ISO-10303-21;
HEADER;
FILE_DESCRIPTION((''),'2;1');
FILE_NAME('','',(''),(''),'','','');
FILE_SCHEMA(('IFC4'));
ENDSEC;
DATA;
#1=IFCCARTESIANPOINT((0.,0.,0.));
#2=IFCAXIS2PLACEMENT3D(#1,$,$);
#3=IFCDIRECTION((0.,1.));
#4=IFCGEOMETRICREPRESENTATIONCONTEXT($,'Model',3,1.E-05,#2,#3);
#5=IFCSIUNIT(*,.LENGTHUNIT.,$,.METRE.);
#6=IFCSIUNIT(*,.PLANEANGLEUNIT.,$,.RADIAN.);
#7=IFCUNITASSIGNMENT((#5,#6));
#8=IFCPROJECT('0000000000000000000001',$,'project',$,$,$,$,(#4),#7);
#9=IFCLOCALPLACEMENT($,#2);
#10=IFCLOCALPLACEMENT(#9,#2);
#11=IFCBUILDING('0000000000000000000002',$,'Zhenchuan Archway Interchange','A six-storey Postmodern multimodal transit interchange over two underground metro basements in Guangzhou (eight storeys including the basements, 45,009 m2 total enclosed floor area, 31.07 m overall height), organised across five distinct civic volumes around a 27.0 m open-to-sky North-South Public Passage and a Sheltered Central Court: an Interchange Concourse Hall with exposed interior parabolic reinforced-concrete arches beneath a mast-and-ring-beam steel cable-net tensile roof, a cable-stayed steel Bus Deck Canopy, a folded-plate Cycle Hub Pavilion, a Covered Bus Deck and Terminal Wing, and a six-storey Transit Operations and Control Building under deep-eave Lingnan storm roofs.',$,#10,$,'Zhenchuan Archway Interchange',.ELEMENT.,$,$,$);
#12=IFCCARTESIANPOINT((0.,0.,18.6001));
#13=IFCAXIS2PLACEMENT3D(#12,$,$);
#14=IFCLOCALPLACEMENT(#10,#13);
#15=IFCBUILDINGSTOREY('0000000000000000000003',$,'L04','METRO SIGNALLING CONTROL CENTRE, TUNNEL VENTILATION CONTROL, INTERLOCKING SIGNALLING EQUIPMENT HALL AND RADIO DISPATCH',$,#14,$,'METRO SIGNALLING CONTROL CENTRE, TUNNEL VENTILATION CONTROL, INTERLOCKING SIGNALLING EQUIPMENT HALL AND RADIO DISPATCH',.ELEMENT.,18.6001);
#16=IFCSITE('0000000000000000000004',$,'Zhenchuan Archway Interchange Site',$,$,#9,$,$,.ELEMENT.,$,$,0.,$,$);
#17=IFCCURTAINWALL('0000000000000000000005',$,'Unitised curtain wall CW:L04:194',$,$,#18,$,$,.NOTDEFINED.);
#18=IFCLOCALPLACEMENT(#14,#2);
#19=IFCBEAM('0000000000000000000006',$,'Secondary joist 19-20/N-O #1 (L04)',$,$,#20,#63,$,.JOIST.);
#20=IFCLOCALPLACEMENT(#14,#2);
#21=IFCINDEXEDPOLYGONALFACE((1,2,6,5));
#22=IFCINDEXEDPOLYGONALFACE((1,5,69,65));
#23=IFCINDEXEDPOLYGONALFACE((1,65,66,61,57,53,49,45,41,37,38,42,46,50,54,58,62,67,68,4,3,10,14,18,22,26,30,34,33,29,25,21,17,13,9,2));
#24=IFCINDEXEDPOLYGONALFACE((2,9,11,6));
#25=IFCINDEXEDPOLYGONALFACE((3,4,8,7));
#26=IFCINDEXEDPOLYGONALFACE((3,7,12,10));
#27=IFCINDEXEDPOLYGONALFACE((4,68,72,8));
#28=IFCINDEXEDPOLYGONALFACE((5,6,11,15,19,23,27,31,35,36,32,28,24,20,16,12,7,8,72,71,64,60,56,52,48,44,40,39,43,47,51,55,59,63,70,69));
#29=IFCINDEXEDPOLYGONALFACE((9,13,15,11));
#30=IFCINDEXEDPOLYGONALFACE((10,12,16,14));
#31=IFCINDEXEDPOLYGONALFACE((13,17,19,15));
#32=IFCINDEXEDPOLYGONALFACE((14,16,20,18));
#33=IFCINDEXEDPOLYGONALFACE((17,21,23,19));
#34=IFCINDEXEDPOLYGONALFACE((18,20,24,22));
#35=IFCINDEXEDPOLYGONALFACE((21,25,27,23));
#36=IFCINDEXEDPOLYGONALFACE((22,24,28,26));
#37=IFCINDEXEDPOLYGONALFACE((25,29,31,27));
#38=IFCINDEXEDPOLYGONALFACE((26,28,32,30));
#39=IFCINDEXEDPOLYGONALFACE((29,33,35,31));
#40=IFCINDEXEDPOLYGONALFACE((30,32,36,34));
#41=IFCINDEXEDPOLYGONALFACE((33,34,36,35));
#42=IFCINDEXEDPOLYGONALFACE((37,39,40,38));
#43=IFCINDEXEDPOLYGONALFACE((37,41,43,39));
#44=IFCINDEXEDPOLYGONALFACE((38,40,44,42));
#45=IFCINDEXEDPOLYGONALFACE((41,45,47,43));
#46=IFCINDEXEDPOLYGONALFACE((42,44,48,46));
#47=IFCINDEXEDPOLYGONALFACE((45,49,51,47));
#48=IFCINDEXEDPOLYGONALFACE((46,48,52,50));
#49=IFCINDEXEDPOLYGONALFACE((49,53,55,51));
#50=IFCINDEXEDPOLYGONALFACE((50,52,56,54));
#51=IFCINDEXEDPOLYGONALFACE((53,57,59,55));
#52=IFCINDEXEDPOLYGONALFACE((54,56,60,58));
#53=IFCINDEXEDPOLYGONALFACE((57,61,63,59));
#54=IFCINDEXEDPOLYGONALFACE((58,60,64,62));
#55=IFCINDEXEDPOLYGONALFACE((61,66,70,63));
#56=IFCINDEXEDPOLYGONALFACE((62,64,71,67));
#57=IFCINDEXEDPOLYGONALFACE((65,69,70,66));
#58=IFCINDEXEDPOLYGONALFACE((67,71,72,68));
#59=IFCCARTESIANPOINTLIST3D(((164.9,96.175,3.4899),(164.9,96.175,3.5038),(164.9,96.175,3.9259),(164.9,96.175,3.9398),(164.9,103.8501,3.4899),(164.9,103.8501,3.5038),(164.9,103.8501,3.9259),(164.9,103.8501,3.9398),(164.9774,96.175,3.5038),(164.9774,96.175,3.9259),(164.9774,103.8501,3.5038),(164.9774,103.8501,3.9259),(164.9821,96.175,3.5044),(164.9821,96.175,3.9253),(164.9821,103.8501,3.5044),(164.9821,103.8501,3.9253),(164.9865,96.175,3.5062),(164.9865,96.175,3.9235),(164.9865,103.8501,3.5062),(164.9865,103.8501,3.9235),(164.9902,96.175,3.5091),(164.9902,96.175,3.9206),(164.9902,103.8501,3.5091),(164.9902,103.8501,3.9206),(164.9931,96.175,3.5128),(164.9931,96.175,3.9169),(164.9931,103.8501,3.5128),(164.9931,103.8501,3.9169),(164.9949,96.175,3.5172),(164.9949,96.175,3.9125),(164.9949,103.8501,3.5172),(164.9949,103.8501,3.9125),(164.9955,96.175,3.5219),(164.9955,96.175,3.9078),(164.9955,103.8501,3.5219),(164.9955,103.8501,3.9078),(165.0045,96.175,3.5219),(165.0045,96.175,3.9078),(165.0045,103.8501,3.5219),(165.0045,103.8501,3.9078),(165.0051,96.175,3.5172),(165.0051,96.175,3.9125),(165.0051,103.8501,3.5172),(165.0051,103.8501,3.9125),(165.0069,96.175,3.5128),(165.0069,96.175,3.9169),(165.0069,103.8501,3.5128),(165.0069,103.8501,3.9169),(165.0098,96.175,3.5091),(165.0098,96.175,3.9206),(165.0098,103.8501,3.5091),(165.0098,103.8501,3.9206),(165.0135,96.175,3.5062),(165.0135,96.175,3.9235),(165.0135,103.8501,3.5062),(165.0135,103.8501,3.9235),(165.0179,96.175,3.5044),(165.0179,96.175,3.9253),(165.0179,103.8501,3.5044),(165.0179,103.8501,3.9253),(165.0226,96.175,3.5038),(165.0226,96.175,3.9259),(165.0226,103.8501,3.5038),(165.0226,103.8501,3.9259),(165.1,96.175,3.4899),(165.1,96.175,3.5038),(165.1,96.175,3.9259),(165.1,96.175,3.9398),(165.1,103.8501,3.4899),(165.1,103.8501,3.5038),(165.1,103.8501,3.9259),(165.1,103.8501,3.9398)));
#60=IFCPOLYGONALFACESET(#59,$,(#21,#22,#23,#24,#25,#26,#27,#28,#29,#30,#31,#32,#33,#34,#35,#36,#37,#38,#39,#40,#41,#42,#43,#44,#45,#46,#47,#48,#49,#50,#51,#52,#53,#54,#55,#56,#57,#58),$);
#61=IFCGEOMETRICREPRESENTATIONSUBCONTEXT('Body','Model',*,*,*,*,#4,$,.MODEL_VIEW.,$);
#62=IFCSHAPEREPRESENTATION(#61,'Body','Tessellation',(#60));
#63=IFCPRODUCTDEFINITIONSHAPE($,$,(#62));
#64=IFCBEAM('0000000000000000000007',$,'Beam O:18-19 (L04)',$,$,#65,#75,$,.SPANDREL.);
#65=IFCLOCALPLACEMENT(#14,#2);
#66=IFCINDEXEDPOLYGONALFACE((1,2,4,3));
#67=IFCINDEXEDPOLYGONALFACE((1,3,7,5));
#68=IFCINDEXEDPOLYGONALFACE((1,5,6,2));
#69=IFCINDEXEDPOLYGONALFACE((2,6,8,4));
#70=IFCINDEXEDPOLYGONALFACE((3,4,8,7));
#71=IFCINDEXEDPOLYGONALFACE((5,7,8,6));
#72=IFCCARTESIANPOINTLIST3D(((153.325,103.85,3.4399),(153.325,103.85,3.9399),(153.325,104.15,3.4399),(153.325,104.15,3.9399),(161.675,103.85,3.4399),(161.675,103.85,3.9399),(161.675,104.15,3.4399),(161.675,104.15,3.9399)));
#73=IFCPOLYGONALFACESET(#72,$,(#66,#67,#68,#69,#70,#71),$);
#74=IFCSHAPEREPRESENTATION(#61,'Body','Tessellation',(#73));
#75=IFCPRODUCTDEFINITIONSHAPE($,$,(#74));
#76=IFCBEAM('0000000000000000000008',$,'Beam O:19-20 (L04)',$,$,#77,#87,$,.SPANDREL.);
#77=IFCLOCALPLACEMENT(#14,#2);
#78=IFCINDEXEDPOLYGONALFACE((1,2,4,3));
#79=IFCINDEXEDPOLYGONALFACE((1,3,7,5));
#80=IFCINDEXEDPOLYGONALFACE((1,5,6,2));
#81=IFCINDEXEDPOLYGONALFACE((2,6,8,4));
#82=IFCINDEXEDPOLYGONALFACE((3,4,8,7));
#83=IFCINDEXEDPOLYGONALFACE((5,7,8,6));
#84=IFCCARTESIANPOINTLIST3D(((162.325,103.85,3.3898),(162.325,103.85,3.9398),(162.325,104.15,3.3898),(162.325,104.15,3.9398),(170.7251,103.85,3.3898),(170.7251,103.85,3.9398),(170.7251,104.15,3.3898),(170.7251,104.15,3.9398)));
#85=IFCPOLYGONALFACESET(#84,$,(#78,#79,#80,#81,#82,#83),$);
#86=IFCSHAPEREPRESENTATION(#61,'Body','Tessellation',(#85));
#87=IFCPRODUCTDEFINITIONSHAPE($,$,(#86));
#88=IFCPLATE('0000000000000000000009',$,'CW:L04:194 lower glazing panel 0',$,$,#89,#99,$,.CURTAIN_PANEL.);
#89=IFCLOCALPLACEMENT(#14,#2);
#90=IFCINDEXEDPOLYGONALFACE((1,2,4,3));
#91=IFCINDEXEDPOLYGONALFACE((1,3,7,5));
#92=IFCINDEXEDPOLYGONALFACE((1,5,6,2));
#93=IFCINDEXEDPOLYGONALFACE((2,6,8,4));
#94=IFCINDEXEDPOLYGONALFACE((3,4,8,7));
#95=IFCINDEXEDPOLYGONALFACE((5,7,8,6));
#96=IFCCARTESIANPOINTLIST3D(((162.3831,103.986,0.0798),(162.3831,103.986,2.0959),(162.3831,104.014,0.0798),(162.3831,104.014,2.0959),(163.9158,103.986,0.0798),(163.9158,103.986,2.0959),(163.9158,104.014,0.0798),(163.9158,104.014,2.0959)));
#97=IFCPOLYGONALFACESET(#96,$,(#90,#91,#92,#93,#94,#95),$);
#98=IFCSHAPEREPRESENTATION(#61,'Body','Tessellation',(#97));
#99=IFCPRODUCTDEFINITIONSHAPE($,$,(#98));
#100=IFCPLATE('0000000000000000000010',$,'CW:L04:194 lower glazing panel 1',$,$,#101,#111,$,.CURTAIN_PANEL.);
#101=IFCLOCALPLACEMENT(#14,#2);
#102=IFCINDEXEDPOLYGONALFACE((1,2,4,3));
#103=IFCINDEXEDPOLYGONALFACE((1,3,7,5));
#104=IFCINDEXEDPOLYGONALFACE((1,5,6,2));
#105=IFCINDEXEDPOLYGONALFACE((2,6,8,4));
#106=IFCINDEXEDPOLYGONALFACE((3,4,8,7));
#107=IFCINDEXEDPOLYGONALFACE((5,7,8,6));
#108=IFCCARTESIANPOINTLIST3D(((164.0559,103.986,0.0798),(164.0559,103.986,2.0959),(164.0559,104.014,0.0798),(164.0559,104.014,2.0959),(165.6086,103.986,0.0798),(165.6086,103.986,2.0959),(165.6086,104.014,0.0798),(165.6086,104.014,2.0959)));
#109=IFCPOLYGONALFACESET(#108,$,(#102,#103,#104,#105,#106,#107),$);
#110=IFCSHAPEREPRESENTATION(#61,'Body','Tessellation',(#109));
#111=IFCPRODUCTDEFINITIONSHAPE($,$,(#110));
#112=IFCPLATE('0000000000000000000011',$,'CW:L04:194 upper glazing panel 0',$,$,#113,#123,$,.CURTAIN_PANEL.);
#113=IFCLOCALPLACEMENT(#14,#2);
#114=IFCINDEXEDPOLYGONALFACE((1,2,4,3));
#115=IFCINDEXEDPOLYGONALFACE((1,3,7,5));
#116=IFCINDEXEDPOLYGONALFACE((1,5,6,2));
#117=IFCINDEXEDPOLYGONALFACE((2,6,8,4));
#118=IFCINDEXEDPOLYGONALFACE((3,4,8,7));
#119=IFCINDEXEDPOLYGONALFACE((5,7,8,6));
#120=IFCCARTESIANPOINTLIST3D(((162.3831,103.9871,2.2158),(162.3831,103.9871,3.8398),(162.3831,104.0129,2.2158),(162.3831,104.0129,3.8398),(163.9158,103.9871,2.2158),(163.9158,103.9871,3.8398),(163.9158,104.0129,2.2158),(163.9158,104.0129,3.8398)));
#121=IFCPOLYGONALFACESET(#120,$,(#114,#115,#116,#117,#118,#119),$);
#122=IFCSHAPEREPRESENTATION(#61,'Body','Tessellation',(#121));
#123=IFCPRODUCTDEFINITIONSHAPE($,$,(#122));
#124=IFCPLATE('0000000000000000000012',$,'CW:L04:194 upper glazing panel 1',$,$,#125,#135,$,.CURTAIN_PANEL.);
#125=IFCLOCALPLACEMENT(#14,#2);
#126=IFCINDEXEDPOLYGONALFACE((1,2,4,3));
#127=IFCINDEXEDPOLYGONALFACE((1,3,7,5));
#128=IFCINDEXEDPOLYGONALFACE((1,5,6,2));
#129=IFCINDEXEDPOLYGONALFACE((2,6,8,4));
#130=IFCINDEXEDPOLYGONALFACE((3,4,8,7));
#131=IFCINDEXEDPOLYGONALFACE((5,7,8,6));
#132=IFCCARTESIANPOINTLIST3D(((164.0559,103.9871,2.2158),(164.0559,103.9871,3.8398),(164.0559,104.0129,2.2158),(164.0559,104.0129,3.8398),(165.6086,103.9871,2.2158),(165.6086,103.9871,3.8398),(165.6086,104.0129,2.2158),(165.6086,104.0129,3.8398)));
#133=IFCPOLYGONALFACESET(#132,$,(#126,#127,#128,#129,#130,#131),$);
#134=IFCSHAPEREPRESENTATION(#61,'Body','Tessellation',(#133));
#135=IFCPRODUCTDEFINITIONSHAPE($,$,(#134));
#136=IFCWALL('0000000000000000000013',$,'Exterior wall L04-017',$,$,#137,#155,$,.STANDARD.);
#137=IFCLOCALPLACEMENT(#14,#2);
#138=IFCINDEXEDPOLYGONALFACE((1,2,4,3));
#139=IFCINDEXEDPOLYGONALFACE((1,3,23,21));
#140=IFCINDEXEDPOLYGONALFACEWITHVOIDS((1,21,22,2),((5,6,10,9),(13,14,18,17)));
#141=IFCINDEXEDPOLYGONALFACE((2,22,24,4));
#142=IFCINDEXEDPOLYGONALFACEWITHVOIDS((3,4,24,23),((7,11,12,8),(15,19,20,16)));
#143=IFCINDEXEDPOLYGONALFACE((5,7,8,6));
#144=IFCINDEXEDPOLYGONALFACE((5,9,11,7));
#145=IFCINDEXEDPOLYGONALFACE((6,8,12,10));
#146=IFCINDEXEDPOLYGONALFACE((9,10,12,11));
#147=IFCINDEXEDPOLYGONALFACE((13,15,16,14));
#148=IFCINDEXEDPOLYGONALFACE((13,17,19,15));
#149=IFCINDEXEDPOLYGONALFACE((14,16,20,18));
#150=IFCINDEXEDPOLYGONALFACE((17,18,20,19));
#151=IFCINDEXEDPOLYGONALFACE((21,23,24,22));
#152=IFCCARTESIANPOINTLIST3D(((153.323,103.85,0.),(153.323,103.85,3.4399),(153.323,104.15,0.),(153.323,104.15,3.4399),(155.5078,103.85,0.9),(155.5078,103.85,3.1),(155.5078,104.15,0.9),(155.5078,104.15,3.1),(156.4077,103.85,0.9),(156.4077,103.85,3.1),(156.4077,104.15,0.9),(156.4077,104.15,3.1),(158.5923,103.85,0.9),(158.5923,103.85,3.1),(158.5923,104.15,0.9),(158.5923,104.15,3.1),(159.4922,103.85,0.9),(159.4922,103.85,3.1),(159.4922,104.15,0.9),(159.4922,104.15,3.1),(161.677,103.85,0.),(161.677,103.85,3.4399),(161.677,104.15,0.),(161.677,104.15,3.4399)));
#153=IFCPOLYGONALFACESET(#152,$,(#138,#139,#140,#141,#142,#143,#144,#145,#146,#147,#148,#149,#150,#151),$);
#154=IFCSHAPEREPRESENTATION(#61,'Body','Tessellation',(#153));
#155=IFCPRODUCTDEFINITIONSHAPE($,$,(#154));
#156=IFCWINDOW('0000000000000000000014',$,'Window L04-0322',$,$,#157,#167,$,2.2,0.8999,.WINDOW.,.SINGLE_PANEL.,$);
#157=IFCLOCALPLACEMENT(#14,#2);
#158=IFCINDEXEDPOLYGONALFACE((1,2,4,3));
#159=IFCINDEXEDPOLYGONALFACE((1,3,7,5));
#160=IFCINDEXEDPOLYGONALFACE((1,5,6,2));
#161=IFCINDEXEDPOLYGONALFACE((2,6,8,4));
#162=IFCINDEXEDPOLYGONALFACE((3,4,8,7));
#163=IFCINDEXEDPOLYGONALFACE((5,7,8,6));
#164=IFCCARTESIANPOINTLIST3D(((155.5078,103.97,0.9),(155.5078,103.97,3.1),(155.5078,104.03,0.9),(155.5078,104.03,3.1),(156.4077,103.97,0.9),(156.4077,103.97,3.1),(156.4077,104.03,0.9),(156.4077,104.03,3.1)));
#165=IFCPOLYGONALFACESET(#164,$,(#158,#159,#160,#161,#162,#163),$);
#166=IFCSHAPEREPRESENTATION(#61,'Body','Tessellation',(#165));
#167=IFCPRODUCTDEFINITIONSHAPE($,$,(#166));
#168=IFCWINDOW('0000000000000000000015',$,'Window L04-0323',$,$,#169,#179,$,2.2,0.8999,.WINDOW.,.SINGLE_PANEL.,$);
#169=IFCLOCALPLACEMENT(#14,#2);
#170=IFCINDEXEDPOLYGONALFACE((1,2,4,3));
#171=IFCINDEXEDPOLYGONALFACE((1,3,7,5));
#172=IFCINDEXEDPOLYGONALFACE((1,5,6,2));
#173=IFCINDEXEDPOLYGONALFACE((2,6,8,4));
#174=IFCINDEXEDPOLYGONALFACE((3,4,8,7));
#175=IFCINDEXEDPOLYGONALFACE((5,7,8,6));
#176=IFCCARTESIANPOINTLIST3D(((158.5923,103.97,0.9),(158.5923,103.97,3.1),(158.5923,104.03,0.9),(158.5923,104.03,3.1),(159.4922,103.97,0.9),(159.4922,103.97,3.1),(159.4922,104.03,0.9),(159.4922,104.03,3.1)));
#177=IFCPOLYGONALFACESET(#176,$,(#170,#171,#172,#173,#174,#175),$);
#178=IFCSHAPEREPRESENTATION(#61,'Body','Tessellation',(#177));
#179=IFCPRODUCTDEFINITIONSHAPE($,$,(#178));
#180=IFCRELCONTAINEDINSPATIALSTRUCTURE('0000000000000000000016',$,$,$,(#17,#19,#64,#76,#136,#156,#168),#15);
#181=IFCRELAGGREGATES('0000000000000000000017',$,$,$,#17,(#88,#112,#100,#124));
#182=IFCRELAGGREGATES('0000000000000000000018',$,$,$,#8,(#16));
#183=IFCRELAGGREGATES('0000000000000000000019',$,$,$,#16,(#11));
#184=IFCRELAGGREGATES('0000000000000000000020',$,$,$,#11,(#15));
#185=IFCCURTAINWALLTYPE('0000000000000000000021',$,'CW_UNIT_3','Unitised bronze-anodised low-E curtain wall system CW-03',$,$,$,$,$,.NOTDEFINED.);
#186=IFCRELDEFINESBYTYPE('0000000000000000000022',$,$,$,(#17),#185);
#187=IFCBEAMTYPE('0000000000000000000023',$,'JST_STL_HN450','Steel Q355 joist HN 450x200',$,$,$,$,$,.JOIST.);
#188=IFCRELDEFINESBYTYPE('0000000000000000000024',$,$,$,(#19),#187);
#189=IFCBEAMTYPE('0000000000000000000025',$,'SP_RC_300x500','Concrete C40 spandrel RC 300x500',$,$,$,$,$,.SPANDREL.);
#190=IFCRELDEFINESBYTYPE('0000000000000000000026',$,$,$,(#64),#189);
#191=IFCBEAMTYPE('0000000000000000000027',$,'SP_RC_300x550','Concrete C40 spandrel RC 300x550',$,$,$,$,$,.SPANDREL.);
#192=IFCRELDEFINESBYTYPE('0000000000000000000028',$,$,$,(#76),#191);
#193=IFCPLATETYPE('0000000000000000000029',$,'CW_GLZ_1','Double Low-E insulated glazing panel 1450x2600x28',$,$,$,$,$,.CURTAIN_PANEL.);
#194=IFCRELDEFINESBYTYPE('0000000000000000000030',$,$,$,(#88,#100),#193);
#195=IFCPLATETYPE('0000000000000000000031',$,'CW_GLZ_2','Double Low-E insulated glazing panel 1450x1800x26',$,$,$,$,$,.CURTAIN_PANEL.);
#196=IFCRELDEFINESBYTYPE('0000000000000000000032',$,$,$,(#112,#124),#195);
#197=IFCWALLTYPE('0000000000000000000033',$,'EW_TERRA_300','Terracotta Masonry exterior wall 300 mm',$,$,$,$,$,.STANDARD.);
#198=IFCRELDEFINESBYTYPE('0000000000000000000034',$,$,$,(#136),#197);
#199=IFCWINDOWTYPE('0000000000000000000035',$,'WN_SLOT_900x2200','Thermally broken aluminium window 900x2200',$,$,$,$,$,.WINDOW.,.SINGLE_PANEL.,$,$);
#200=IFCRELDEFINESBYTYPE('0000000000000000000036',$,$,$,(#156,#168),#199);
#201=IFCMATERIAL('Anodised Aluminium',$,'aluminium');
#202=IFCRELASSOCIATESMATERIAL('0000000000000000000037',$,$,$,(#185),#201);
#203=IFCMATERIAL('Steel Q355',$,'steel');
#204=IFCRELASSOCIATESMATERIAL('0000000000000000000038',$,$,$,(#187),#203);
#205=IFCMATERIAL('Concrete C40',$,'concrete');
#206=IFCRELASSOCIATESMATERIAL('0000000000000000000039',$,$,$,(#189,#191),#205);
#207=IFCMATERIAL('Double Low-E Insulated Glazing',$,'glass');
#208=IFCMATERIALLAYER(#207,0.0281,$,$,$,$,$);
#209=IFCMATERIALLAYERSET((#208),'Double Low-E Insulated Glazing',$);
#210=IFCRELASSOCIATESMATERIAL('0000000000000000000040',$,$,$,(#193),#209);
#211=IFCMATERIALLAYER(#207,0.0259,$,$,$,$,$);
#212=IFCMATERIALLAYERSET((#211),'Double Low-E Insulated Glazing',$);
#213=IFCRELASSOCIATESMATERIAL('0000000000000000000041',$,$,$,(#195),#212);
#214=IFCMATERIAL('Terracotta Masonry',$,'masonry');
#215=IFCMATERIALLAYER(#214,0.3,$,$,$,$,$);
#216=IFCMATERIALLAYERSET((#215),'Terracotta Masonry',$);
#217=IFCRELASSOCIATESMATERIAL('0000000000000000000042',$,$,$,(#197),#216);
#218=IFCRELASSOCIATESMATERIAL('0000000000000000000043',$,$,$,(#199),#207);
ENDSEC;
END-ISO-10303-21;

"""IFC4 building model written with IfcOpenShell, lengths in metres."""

from ifc_helpers import new_model, si_unit, direction, frame, frame_2d, origin, origin_2d, place, context, subcontext, project, spatial, rectangle, i_section, extrude, material, layer, layer_set, material_profile, profile_set, type_object, element, fill, aggregate, save


model = new_model("IFC4")

# Units and contexts
model_context = context("Model", 3, precision=1e-05, world=origin(), true_north=direction((0.0, 1.0)))
body_context = subcontext(model_context, "Body", "Model", "MODEL_VIEW")
ifc_project = project(units=[si_unit("LENGTHUNIT", "METRE"), si_unit("PLANEANGLEUNIT", "RADIAN")], contexts=[model_context])

# Site, building, storey
site_placement = place(None, origin())
site = spatial("IfcSite", under=ifc_project, at=site_placement, Name="Zhenchuan Archway Interchange Site", CompositionType="ELEMENT", RefElevation=0.0)
building_placement = place(site_placement, origin())
building = spatial("IfcBuilding", under=site, at=building_placement, Name="Zhenchuan Archway Interchange", Description="A six-storey Postmodern multimodal transit interchange over two underground metro basements in Guangzhou (eight storeys including the basements, 45,009 m2 total enclosed floor area, 31.07 m overall height), organised across five distinct civic volumes around a 27.0 m open-to-sky North-South Public Passage and a Sheltered Central Court: an Interchange Concourse Hall with exposed interior parabolic reinforced-concrete arches beneath a mast-and-ring-beam steel cable-net tensile roof, a cable-stayed steel Bus Deck Canopy, a folded-plate Cycle Hub Pavilion, a Covered Bus Deck and Terminal Wing, and a six-storey Transit Operations and Control Building under deep-eave Lingnan storm roofs.", LongName="Zhenchuan Archway Interchange", CompositionType="ELEMENT")
storey_placement = place(building_placement, frame((0.0, 0.0, 18.6001)))
storey = spatial("IfcBuildingStorey", under=building, at=storey_placement, Name="L04", Description="METRO SIGNALLING CONTROL CENTRE, TUNNEL VENTILATION CONTROL, INTERLOCKING SIGNALLING EQUIPMENT HALL AND RADIO DISPATCH", LongName="METRO SIGNALLING CONTROL CENTRE, TUNNEL VENTILATION CONTROL, INTERLOCKING SIGNALLING EQUIPMENT HALL AND RADIO DISPATCH", CompositionType="ELEMENT", Elevation=18.6001)

# Shared definitions
ifc_material_1 = material(Name="Concrete C40", Category="concrete")

# Curtain wall
ifc_material_2 = material(Name="Anodised Aluminium", Category="aluminium")
curtain_wall_type = type_object("IfcCurtainWallType", Name="CW_UNIT_3", Description="Unitised bronze-anodised low-E curtain wall system CW-03", PredefinedType="NOTDEFINED", material=ifc_material_2)
curtain_wall_placement = place(storey_placement, origin())
curtain_wall = element("IfcCurtainWall", 1, at=curtain_wall_placement, inside=storey, type_object=curtain_wall_type, Name="Unitised curtain wall CW:L04:194", PredefinedType="NOTDEFINED")

# Beams
ifc_material_3 = material(Name="Steel Q355", Category="steel")
ifc_material_profile_1 = material_profile(ifc_material_3, i_section(OverallWidth=0.2, OverallDepth=0.45, WebThickness=0.009, FlangeThickness=0.0139, FilletRadius=0.0181, at=origin_2d()), Name="HN 450x200")
ifc_profile_set_1 = profile_set([ifc_material_profile_1], Name="Steel Q355")
beam_type_1 = type_object("IfcBeamType", Name="JST_STL_HN450", Description="Steel Q355 joist HN 450x200", PredefinedType="JOIST", material=ifc_profile_set_1)
beam_1_placement = place(storey_placement, frame((165.0, 96.175, 3.7148), z_axis=(0.0, 1.0, 0.0), x_axis=(-1.0, 0.0, 0.0)))
element("IfcBeam", 2, at=beam_1_placement, inside=storey, type_object=beam_type_1, Name="Secondary joist 19-20/N-O #1 (L04)", PredefinedType="JOIST", context=body_context, shape_type="SweptSolid", body=[
    extrude(i_section(OverallWidth=0.2, OverallDepth=0.45, WebThickness=0.009, FlangeThickness=0.0139, FilletRadius=0.0181, at=origin_2d()), origin(), (0.0, 0.0, 1.0), 7.675),
])
ifc_material_profile_2 = material_profile(ifc_material_1, rectangle(XDim=0.3, YDim=0.5, at=origin_2d()), Name="RC 300x500")
ifc_profile_set_2 = profile_set([ifc_material_profile_2], Name="Concrete C40")
beam_type_2 = type_object("IfcBeamType", Name="SP_RC_300x500", Description="Concrete C40 spandrel RC 300x500", PredefinedType="SPANDREL", material=ifc_profile_set_2)
beam_2_placement = place(storey_placement, frame((153.325, 104.0, 3.6899), z_axis=(1.0, 0.0, 0.0), x_axis=(0.0, 1.0, 0.0)))
element("IfcBeam", 3, at=beam_2_placement, inside=storey, type_object=beam_type_2, Name="Beam O:18-19 (L04)", PredefinedType="SPANDREL", context=body_context, shape_type="SweptSolid", body=[
    extrude(rectangle(XDim=0.3, YDim=0.5, at=origin_2d()), origin(), (0.0, 0.0, 1.0), 8.3501),
])
ifc_material_profile_3 = material_profile(ifc_material_1, rectangle(XDim=0.3, YDim=0.55, at=origin_2d()), Name="RC 300x550")
ifc_profile_set_3 = profile_set([ifc_material_profile_3], Name="Concrete C40")
beam_type_3 = type_object("IfcBeamType", Name="SP_RC_300x550", Description="Concrete C40 spandrel RC 300x550", PredefinedType="SPANDREL", material=ifc_profile_set_3)
beam_3_placement = place(storey_placement, frame((162.325, 104.0, 3.6648), z_axis=(1.0, 0.0, 0.0), x_axis=(0.0, 1.0, 0.0)))
element("IfcBeam", 4, at=beam_3_placement, inside=storey, type_object=beam_type_3, Name="Beam O:19-20 (L04)", PredefinedType="SPANDREL", context=body_context, shape_type="SweptSolid", body=[
    extrude(rectangle(XDim=0.3, YDim=0.55, at=origin_2d()), origin(), (0.0, 0.0, 1.0), 8.4001),
])

# Plates
ifc_material_4 = material(Name="Double Low-E Insulated Glazing", Category="glass")
ifc_layer_1 = layer(ifc_material_4, 0.0281)
ifc_layer_set_1 = layer_set([ifc_layer_1], Name="Double Low-E Insulated Glazing")
plate_type_1 = type_object("IfcPlateType", Name="CW_GLZ_1", Description="Double Low-E insulated glazing panel 1450x2600x28", PredefinedType="CURTAIN_PANEL", material=ifc_layer_set_1)
plate_1_placement = place(storey_placement, frame((163.1494, 104.0, 0.0798), z_axis=(0.0, 0.0, 1.0), x_axis=(1.0, 0.0, 0.0)))
plate_1 = element("IfcPlate", 5, at=plate_1_placement, type_object=plate_type_1, Name="CW:L04:194 lower glazing panel 0", PredefinedType="CURTAIN_PANEL", context=body_context, shape_type="SweptSolid", body=[
    extrude(rectangle(XDim=1.5327, YDim=0.0281, at=origin_2d()), origin(), (0.0, 0.0, 1.0), 2.0161),
])
plate_2_placement = place(storey_placement, frame((164.8323, 104.0, 0.0798), z_axis=(0.0, 0.0, 1.0), x_axis=(1.0, 0.0, 0.0)))
plate_2 = element("IfcPlate", 6, at=plate_2_placement, type_object=plate_type_1, Name="CW:L04:194 lower glazing panel 1", PredefinedType="CURTAIN_PANEL", context=body_context, shape_type="SweptSolid", body=[
    extrude(rectangle(XDim=1.5527, YDim=0.0281, at=origin_2d()), origin(), (0.0, 0.0, 1.0), 2.0161),
])
ifc_layer_2 = layer(ifc_material_4, 0.0259)
ifc_layer_set_2 = layer_set([ifc_layer_2], Name="Double Low-E Insulated Glazing")
plate_type_2 = type_object("IfcPlateType", Name="CW_GLZ_2", Description="Double Low-E insulated glazing panel 1450x1800x26", PredefinedType="CURTAIN_PANEL", material=ifc_layer_set_2)
plate_3_placement = place(storey_placement, frame((163.1494, 104.0, 2.2158), z_axis=(0.0, 0.0, 1.0), x_axis=(1.0, 0.0, 0.0)))
plate_3 = element("IfcPlate", 7, at=plate_3_placement, type_object=plate_type_2, Name="CW:L04:194 upper glazing panel 0", PredefinedType="CURTAIN_PANEL", context=body_context, shape_type="SweptSolid", body=[
    extrude(rectangle(XDim=1.5327, YDim=0.0259, at=origin_2d()), origin(), (0.0, 0.0, 1.0), 1.624),
])
plate_4_placement = place(storey_placement, frame((164.8323, 104.0, 2.2158), z_axis=(0.0, 0.0, 1.0), x_axis=(1.0, 0.0, 0.0)))
plate_4 = element("IfcPlate", 8, at=plate_4_placement, type_object=plate_type_2, Name="CW:L04:194 upper glazing panel 1", PredefinedType="CURTAIN_PANEL", context=body_context, shape_type="SweptSolid", body=[
    extrude(rectangle(XDim=1.5527, YDim=0.0259, at=origin_2d()), origin(), (0.0, 0.0, 1.0), 1.624),
])
aggregate(curtain_wall, [plate_1, plate_3, plate_2, plate_4])

# Wall, openings, windows
ifc_material_5 = material(Name="Terracotta Masonry", Category="masonry")
ifc_layer_3 = layer(ifc_material_5, 0.3)
ifc_layer_set_3 = layer_set([ifc_layer_3], Name="Terracotta Masonry")
wall_type = type_object("IfcWallType", Name="EW_TERRA_300", Description="Terracotta Masonry exterior wall 300 mm", PredefinedType="STANDARD", material=ifc_layer_set_3)
wall_placement = place(storey_placement, frame((153.323, 104.0, 0.0), z_axis=(0.0, 0.0, 1.0), x_axis=(1.0, 0.0, 0.0)))
wall = element("IfcWall", 9, at=wall_placement, inside=storey, type_object=wall_type, Name="Exterior wall L04-017", PredefinedType="STANDARD", context=body_context, shape_type="SweptSolid", body=[
    extrude(rectangle(XDim=8.354, YDim=0.3, at=frame_2d((4.177, 0.0))), origin(), (0.0, 0.0, 1.0), 3.4399),
])
opening_1_placement = place(wall_placement, frame((2.1848, 0.0, 0.8999)))
opening_1 = element("IfcOpeningElement", 10, at=opening_1_placement, cuts=wall, PredefinedType="OPENING", context=body_context, shape_type="SweptSolid", body=[
    extrude(rectangle(XDim=0.8999, YDim=2.2, at=frame_2d((0.45, 1.1001))), frame((0.0, 0.1621, 0.0), z_axis=(0.0, -1.0, 0.0), x_axis=(1.0, 0.0, 0.0)), (0.0, 0.0, 1.0), 0.324),
])
opening_2_placement = place(wall_placement, frame((5.2693, 0.0, 0.8999)))
opening_2 = element("IfcOpeningElement", 11, at=opening_2_placement, cuts=wall, PredefinedType="OPENING", context=body_context, shape_type="SweptSolid", body=[
    extrude(rectangle(XDim=0.8999, YDim=2.2, at=frame_2d((0.45, 1.1001))), frame((0.0, 0.1621, 0.0), z_axis=(0.0, -1.0, 0.0), x_axis=(1.0, 0.0, 0.0)), (0.0, 0.0, 1.0), 0.324),
])
window_type = type_object("IfcWindowType", Name="WN_SLOT_900x2200", Description="Thermally broken aluminium window 900x2200", PartitioningType="SINGLE_PANEL", PredefinedType="WINDOW", material=ifc_material_4)
window_1_placement = place(opening_1_placement, origin())
window_1 = element("IfcWindow", 12, at=window_1_placement, inside=storey, type_object=window_type, Name="Window L04-0322", OverallHeight=2.2, OverallWidth=0.8999, PartitioningType="SINGLE_PANEL", PredefinedType="WINDOW", context=body_context, shape_type="SweptSolid", body=[
    extrude(rectangle(XDim=0.8999, YDim=2.2, at=frame_2d((0.45, 1.1001))), frame((0.0, 0.03, 0.0), z_axis=(0.0, -1.0, 0.0), x_axis=(1.0, 0.0, 0.0)), (0.0, 0.0, 1.0), 0.0601),
])
fill(opening_1, window_1)
window_2_placement = place(opening_2_placement, origin())
window_2 = element("IfcWindow", 13, at=window_2_placement, inside=storey, type_object=window_type, Name="Window L04-0323", OverallHeight=2.2, OverallWidth=0.8999, PartitioningType="SINGLE_PANEL", PredefinedType="WINDOW", context=body_context, shape_type="SweptSolid", body=[
    extrude(rectangle(XDim=0.8999, YDim=2.2, at=frame_2d((0.45, 1.1001))), frame((0.0, 0.03, 0.0), z_axis=(0.0, -1.0, 0.0), x_axis=(1.0, 0.0, 0.0)), (0.0, 0.0, 1.0), 0.0601),
])
fill(opening_2, window_2)

save(model, "model.ifc")
